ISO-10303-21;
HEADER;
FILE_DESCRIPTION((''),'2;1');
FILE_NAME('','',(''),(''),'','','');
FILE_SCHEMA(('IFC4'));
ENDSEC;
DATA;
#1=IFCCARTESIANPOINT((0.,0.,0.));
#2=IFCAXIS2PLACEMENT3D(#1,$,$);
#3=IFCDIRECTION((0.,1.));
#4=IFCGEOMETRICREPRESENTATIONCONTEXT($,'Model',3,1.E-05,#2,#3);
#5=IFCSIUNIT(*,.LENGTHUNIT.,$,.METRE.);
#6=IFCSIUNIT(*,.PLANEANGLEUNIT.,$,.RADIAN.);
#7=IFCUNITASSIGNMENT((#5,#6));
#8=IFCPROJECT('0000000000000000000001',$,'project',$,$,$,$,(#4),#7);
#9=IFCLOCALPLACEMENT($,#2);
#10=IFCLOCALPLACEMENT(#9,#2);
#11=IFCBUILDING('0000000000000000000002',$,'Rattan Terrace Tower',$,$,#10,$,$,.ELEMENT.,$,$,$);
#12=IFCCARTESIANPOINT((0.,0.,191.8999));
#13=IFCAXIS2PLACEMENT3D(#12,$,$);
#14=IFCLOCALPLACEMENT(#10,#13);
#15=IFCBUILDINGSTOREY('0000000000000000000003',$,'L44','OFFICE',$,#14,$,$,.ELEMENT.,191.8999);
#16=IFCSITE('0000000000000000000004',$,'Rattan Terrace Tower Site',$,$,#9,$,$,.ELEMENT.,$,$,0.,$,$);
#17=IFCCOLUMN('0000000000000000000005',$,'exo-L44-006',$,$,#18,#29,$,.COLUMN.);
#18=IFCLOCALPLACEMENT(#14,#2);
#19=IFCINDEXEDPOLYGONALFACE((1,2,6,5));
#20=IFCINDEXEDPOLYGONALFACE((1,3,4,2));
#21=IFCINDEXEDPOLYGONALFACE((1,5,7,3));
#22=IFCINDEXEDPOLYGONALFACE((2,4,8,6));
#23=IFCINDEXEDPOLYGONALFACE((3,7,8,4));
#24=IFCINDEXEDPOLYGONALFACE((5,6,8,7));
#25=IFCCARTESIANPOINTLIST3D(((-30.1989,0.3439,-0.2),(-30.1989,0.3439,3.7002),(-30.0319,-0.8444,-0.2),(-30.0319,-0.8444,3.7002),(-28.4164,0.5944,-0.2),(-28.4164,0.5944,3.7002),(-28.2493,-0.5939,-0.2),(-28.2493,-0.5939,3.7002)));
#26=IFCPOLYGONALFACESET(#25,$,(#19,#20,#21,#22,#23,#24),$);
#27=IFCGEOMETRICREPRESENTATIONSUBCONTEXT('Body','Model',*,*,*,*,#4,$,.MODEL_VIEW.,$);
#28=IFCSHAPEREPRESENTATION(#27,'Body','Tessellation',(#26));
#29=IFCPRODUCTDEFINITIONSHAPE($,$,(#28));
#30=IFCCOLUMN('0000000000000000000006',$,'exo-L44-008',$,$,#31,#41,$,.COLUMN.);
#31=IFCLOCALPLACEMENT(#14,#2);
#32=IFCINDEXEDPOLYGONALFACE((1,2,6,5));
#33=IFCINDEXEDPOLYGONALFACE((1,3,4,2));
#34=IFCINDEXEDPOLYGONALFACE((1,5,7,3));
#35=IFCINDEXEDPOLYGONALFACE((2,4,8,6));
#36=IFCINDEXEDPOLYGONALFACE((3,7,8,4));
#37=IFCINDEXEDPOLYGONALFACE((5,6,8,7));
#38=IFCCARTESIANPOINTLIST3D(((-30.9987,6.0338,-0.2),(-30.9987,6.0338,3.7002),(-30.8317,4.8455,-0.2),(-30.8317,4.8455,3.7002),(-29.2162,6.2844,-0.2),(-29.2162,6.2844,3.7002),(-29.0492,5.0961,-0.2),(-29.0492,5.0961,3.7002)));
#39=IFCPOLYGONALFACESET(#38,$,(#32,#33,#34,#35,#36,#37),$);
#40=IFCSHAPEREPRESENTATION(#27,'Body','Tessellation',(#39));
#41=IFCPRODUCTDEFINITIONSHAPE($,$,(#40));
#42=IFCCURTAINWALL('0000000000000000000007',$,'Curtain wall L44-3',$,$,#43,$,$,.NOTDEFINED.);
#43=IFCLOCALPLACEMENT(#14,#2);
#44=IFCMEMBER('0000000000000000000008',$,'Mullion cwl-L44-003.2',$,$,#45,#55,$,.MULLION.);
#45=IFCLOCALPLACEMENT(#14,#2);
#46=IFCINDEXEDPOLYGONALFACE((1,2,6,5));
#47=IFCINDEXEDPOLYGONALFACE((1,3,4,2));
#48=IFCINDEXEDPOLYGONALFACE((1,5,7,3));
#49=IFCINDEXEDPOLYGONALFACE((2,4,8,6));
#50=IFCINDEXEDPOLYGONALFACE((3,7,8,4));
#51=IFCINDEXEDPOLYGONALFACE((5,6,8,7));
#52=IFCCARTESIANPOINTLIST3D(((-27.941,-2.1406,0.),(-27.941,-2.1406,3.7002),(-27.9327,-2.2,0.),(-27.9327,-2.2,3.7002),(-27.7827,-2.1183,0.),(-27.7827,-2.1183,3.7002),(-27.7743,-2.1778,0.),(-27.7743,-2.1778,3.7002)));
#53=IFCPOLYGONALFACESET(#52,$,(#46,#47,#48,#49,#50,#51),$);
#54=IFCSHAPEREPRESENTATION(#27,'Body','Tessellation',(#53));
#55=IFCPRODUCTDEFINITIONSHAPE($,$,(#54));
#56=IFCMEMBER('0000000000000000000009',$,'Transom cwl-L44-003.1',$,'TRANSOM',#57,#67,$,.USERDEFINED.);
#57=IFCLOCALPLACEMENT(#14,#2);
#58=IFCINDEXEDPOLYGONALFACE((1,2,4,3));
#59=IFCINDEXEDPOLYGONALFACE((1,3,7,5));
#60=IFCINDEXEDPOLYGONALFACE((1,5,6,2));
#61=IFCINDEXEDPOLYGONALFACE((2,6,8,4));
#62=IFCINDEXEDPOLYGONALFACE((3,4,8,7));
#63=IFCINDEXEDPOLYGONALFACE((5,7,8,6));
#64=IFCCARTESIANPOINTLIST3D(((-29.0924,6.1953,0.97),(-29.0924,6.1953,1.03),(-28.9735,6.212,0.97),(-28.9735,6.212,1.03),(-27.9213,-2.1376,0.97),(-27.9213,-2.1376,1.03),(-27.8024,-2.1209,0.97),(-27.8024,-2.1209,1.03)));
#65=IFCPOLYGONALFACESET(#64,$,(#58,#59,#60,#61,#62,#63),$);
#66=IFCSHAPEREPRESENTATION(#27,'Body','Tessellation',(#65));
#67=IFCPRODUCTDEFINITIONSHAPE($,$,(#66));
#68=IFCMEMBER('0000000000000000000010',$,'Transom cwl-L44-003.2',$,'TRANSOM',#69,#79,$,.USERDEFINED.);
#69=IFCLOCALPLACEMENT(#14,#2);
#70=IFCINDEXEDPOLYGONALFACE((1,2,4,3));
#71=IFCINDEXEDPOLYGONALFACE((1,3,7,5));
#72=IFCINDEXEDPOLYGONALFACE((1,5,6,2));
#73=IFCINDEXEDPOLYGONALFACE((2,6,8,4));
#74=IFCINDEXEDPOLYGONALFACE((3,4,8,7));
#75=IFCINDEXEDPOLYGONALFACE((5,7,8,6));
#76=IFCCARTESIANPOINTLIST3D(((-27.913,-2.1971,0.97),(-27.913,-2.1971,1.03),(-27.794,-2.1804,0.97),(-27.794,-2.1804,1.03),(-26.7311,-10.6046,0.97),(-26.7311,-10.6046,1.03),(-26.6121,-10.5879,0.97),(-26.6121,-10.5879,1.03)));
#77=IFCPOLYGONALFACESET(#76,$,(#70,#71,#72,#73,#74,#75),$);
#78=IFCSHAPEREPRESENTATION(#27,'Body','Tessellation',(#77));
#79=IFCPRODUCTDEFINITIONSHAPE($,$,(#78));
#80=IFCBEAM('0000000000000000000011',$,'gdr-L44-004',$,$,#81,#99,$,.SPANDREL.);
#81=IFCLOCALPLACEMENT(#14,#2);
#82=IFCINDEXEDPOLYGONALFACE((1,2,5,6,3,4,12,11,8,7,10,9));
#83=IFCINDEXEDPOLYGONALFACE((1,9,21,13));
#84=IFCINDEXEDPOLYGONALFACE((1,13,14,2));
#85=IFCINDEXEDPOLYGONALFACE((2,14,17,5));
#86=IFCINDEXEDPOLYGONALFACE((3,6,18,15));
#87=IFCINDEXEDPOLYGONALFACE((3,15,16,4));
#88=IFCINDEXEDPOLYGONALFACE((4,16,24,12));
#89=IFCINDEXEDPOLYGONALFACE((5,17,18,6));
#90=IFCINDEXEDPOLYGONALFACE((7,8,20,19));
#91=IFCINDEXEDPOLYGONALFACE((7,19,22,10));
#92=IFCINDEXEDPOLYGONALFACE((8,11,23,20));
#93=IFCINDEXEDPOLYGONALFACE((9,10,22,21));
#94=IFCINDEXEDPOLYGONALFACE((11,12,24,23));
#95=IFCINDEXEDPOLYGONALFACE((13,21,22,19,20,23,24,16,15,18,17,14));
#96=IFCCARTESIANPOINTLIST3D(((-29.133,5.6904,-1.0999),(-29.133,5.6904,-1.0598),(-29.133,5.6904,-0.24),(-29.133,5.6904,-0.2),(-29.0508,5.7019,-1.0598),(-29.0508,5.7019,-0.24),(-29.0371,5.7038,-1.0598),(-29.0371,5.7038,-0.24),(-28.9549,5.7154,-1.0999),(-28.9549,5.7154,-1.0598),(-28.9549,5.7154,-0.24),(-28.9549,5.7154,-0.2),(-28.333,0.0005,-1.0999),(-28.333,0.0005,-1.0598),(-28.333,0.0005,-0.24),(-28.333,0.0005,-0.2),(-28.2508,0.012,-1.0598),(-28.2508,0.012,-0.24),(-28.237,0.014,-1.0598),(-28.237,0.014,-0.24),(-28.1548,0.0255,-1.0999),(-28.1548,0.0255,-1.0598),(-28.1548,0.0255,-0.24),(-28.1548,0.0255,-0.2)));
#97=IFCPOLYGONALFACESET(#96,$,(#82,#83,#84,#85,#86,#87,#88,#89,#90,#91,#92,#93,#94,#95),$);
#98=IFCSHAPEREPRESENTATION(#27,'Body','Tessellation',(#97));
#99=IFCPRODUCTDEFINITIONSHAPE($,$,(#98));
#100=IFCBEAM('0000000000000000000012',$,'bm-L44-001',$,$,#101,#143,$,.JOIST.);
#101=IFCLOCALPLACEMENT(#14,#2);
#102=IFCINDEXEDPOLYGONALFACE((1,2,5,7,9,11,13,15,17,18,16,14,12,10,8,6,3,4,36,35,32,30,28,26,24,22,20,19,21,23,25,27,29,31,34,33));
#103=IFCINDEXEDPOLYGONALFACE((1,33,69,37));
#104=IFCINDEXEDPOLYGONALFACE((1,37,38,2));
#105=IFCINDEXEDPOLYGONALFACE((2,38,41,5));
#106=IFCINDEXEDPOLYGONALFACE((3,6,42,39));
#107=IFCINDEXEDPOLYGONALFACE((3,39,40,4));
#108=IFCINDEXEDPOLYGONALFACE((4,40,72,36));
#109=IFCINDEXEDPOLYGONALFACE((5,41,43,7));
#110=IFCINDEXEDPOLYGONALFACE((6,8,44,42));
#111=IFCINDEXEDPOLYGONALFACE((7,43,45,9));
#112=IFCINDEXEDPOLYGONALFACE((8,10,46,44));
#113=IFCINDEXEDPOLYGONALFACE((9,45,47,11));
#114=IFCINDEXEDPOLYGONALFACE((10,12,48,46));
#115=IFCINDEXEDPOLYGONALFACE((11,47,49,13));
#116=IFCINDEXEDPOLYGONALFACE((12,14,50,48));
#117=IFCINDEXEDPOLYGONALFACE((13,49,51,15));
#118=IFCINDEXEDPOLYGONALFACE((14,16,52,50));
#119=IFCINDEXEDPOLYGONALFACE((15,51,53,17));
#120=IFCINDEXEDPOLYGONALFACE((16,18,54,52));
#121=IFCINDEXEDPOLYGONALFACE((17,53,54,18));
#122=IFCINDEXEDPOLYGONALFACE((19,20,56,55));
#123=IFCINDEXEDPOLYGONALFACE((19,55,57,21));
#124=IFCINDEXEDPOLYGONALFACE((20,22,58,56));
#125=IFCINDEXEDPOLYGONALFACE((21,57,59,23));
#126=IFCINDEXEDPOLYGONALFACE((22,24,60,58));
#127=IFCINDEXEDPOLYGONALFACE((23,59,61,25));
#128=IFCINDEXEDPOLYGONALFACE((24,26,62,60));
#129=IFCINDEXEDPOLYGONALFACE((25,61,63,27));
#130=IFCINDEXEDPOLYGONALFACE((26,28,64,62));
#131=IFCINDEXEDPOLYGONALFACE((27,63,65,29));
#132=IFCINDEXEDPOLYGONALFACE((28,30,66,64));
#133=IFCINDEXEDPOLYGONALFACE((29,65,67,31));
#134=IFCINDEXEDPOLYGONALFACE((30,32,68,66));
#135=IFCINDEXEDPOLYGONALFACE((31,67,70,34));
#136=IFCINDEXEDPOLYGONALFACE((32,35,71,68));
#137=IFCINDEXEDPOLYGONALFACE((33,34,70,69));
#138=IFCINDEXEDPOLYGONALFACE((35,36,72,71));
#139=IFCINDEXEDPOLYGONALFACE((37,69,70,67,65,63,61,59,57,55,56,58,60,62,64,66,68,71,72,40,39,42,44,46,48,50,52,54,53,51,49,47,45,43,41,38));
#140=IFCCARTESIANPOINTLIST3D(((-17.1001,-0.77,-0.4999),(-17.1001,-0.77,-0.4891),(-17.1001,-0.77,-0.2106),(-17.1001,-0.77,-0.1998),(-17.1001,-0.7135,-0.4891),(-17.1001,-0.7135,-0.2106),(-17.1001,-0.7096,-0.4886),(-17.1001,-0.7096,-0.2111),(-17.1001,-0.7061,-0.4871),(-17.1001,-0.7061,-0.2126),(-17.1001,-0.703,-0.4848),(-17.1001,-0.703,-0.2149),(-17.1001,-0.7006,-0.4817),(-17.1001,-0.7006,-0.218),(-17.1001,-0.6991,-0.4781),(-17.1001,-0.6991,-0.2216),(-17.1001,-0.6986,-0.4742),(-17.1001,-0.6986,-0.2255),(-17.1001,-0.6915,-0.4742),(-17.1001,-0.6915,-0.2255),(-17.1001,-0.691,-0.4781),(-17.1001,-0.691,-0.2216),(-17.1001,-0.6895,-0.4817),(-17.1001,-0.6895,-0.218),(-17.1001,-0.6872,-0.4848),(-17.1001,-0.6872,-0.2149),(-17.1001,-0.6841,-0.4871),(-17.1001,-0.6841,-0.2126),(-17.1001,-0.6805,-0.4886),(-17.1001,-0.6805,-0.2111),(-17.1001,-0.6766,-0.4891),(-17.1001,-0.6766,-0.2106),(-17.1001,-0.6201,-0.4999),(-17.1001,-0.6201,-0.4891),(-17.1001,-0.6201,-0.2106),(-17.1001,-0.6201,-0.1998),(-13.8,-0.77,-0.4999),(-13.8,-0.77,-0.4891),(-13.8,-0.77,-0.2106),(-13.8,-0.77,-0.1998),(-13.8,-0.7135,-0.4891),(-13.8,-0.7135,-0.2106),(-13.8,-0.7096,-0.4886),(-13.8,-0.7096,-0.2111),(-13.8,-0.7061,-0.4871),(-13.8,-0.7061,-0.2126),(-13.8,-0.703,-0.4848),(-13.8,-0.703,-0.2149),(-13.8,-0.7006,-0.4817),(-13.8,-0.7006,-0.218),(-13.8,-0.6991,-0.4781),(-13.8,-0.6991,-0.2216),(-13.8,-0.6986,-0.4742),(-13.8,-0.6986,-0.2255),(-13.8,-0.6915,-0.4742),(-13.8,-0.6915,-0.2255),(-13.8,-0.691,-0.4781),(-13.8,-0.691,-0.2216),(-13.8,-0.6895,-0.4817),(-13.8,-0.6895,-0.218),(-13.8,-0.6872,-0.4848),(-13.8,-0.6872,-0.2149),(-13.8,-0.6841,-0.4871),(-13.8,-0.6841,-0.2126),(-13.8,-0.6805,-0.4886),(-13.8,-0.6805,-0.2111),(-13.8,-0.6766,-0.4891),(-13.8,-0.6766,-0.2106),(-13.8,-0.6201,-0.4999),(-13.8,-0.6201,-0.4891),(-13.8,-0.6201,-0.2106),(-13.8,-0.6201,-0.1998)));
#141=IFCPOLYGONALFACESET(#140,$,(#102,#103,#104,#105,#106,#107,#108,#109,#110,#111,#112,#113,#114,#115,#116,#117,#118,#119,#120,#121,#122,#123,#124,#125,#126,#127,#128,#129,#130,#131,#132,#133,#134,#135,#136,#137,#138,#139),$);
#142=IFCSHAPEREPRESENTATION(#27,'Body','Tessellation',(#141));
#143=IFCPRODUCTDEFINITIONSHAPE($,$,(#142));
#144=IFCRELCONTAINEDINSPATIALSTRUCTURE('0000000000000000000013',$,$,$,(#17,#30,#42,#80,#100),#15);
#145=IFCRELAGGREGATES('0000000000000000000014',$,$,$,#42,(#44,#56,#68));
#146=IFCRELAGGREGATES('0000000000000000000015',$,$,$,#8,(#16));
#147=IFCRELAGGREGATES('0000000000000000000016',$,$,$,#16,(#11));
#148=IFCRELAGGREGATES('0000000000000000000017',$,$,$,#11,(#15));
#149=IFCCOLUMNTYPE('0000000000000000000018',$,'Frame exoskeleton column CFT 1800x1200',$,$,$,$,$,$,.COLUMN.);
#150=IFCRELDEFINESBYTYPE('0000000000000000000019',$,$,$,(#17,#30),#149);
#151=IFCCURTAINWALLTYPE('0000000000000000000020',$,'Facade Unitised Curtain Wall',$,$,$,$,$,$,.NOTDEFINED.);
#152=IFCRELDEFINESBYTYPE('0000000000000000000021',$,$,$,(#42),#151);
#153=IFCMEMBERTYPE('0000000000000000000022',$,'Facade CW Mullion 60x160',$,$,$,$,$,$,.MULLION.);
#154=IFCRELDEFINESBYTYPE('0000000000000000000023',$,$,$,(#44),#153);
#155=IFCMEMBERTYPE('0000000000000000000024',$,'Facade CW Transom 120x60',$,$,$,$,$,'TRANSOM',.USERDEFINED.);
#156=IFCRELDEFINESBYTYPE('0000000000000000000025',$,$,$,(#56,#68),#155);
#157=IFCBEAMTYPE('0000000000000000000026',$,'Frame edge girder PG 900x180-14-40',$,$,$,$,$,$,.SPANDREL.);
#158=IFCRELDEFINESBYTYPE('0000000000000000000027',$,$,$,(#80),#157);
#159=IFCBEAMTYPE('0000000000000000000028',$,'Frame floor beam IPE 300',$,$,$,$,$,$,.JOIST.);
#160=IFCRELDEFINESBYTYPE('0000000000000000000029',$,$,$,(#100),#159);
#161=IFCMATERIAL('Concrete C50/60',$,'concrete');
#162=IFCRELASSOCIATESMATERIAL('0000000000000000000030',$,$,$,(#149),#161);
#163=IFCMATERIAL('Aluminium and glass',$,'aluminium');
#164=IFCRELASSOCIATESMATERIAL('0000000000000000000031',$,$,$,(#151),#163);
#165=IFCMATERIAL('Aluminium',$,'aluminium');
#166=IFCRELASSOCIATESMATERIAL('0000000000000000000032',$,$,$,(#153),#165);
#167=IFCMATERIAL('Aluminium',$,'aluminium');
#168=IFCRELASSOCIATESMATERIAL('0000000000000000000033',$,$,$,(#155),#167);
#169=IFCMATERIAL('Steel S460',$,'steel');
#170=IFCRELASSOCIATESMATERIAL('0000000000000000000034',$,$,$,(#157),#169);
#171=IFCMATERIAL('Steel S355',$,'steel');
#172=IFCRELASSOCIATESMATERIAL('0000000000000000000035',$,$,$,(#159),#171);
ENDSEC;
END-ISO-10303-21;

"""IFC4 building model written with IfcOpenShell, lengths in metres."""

from ifc_helpers import new_model, si_unit, direction, frame, origin, origin_2d, place, context, subcontext, project, spatial, rectangle, i_section, extrude, material, material_profile, profile_set, type_object, element, aggregate, save


model = new_model("IFC4")

# Units and contexts
model_context = context("Model", 3, precision=1e-05, world=origin(), true_north=direction((0.0, 1.0)))
body_context = subcontext(model_context, "Body", "Model", "MODEL_VIEW")
ifc_project = project(units=[si_unit("LENGTHUNIT", "METRE"), si_unit("PLANEANGLEUNIT", "RADIAN")], contexts=[model_context])

# Site, building, storey
site_placement = place(None, origin())
site = spatial("IfcSite", under=ifc_project, at=site_placement, Name="Rattan Terrace Tower Site", CompositionType="ELEMENT", RefElevation=0.0)
building_placement = place(site_placement, origin())
building = spatial("IfcBuilding", under=site, at=building_placement, Name="Rattan Terrace Tower", CompositionType="ELEMENT")
storey_placement = place(building_placement, frame((0.0, 0.0, 191.8999)))
storey = spatial("IfcBuildingStorey", under=building, at=storey_placement, Name="L44", Description="OFFICE", CompositionType="ELEMENT", Elevation=191.8999)

# Columns
ifc_material_1 = material(Name="Concrete C50/60", Category="concrete")
ifc_material_profile_1 = material_profile(ifc_material_1, rectangle(XDim=1.2, YDim=1.8, at=origin_2d()), Name="CFT 1800x1200")
ifc_profile_set_1 = profile_set([ifc_material_profile_1], Name="Concrete C50/60")
column_type = type_object("IfcColumnType", Name="Frame exoskeleton column CFT 1800x1200", PredefinedType="COLUMN", material=ifc_profile_set_1)
for number, where, z_axis, x_axis, name in (
    (1, (-29.2241, -0.125, -0.2), (0.0, 0.0, 1.0), (-0.13919, 0.990266, 0.0), "exo-L44-006"),
    (2, (-30.0239, 5.5649, -0.2), (0.0, 0.0, 1.0), (-0.13919, 0.990266, 0.0), "exo-L44-008"),
):
    element("IfcColumn", number, at=place(storey_placement, frame(where, z_axis=z_axis, x_axis=x_axis)), inside=storey, type_object=column_type, Name=name, PredefinedType="COLUMN", context=body_context, shape_type="SweptSolid", body=[
        extrude(rectangle(XDim=1.2, YDim=1.8, at=origin_2d()), origin(), (0.0, 0.0, 1.0), 3.9001),
    ])

# Curtain wall, members
ifc_material_2 = material(Name="Aluminium and glass", Category="aluminium")
curtain_wall_type = type_object("IfcCurtainWallType", Name="Facade Unitised Curtain Wall", PredefinedType="NOTDEFINED", material=ifc_material_2)
curtain_wall_placement = place(storey_placement, origin())
curtain_wall = element("IfcCurtainWall", 3, at=curtain_wall_placement, inside=storey, type_object=curtain_wall_type, Name="Curtain wall L44-3", PredefinedType="NOTDEFINED")
ifc_material_3 = material(Name="Aluminium", Category="aluminium")
ifc_material_profile_2 = material_profile(ifc_material_3, rectangle(XDim=0.0601, YDim=0.1599, at=origin_2d()), Name="Aluminium 60x160")
ifc_profile_set_2 = profile_set([ifc_material_profile_2], Name="Aluminium")
member_type_1 = type_object("IfcMemberType", Name="Facade CW Mullion 60x160", PredefinedType="MULLION", material=ifc_profile_set_2)
member_1_placement = place(storey_placement, frame((-27.8577, -2.1592, 0.0), z_axis=(0.0, 0.0, 1.0), x_axis=(0.139191, -0.990266, 0.0)))
member_1 = element("IfcMember", 4, at=member_1_placement, type_object=member_type_1, Name="Mullion cwl-L44-003.2", PredefinedType="MULLION", context=body_context, shape_type="SweptSolid", body=[
    extrude(rectangle(XDim=0.0601, YDim=0.1599, at=origin_2d()), origin(), (0.0, 0.0, 1.0), 3.7002),
])
ifc_material_4 = material(Name="Aluminium", Category="aluminium")
ifc_material_profile_3 = material_profile(ifc_material_4, rectangle(XDim=0.1201, YDim=0.0601, at=origin_2d()), Name="Aluminium 120x60")
ifc_profile_set_3 = profile_set([ifc_material_profile_3], Name="Aluminium")
member_type_2 = type_object("IfcMemberType", Name="Facade CW Transom 120x60", ElementType="TRANSOM", PredefinedType="USERDEFINED", material=ifc_profile_set_3)
member_2_placement = place(storey_placement, frame((-29.033, 6.2036, 1.0), z_axis=(0.139175, -0.990268, 0.0), x_axis=(0.990268, 0.139175, 0.0)))
member_2 = element("IfcMember", 5, at=member_2_placement, type_object=member_type_2, Name="Transom cwl-L44-003.1", ObjectType="TRANSOM", PredefinedType="USERDEFINED", context=body_context, shape_type="SweptSolid", body=[
    extrude(rectangle(XDim=0.1201, YDim=0.0601, at=origin_2d()), origin(), (0.0, 0.0, 1.0), 8.4148),
])
member_3_placement = place(storey_placement, frame((-27.8535, -2.1887, 1.0), z_axis=(0.139207, -0.990263, 0.0), x_axis=(0.990263, 0.139207, 0.0)))
member_3 = element("IfcMember", 6, at=member_3_placement, type_object=member_type_2, Name="Transom cwl-L44-003.2", ObjectType="TRANSOM", PredefinedType="USERDEFINED", context=body_context, shape_type="SweptSolid", body=[
    extrude(rectangle(XDim=0.1201, YDim=0.0601, at=origin_2d()), origin(), (0.0, 0.0, 1.0), 8.4902),
])

# Beams
ifc_material_5 = material(Name="Steel S460", Category="steel")
ifc_material_profile_4 = material_profile(ifc_material_5, i_section(OverallWidth=0.1799, OverallDepth=0.8999, WebThickness=0.0139, FlangeThickness=0.04, at=origin_2d()), Name="PG 900x180-14-40")
ifc_profile_set_4 = profile_set([ifc_material_profile_4], Name="Steel S460")
beam_type_1 = type_object("IfcBeamType", Name="Frame edge girder PG 900x180-14-40", PredefinedType="SPANDREL", material=ifc_profile_set_4)
beam_1_placement = place(storey_placement, frame((-29.0439, 5.7029, -0.6499), z_axis=(0.139238, -0.990259, 0.0), x_axis=(0.990259, 0.139238, 0.0)))
element("IfcBeam", 7, at=beam_1_placement, inside=storey, type_object=beam_type_1, Name="gdr-L44-004", PredefinedType="SPANDREL", context=body_context, shape_type="SweptSolid", body=[
    extrude(i_section(OverallWidth=0.1799, OverallDepth=0.8999, WebThickness=0.0139, FlangeThickness=0.04, at=origin_2d()), origin(), (0.0, 0.0, 1.0), 5.7458),
])
ifc_material_6 = material(Name="Steel S355", Category="steel")
ifc_material_profile_5 = material_profile(ifc_material_6, i_section(OverallWidth=0.1499, OverallDepth=0.3, WebThickness=0.0071, FlangeThickness=0.0107, FilletRadius=0.0149, at=origin_2d()), Name="IPE 300")
ifc_profile_set_5 = profile_set([ifc_material_profile_5], Name="Steel S355")
beam_type_2 = type_object("IfcBeamType", Name="Frame floor beam IPE 300", PredefinedType="JOIST", material=ifc_profile_set_5)
beam_2_placement = place(storey_placement, frame((-17.1001, -0.6951, -0.3499), z_axis=(1.0, 0.0, 0.0), x_axis=(0.0, 1.0, 0.0)))
element("IfcBeam", 8, at=beam_2_placement, inside=storey, type_object=beam_type_2, Name="bm-L44-001", PredefinedType="JOIST", context=body_context, shape_type="SweptSolid", body=[
    extrude(i_section(OverallWidth=0.1499, OverallDepth=0.3, WebThickness=0.0071, FlangeThickness=0.0107, FilletRadius=0.0149, at=origin_2d()), origin(), (0.0, 0.0, 1.0), 3.3),
])

aggregate(curtain_wall, [member_1, member_2, member_3])

save(model, "model.ifc")
